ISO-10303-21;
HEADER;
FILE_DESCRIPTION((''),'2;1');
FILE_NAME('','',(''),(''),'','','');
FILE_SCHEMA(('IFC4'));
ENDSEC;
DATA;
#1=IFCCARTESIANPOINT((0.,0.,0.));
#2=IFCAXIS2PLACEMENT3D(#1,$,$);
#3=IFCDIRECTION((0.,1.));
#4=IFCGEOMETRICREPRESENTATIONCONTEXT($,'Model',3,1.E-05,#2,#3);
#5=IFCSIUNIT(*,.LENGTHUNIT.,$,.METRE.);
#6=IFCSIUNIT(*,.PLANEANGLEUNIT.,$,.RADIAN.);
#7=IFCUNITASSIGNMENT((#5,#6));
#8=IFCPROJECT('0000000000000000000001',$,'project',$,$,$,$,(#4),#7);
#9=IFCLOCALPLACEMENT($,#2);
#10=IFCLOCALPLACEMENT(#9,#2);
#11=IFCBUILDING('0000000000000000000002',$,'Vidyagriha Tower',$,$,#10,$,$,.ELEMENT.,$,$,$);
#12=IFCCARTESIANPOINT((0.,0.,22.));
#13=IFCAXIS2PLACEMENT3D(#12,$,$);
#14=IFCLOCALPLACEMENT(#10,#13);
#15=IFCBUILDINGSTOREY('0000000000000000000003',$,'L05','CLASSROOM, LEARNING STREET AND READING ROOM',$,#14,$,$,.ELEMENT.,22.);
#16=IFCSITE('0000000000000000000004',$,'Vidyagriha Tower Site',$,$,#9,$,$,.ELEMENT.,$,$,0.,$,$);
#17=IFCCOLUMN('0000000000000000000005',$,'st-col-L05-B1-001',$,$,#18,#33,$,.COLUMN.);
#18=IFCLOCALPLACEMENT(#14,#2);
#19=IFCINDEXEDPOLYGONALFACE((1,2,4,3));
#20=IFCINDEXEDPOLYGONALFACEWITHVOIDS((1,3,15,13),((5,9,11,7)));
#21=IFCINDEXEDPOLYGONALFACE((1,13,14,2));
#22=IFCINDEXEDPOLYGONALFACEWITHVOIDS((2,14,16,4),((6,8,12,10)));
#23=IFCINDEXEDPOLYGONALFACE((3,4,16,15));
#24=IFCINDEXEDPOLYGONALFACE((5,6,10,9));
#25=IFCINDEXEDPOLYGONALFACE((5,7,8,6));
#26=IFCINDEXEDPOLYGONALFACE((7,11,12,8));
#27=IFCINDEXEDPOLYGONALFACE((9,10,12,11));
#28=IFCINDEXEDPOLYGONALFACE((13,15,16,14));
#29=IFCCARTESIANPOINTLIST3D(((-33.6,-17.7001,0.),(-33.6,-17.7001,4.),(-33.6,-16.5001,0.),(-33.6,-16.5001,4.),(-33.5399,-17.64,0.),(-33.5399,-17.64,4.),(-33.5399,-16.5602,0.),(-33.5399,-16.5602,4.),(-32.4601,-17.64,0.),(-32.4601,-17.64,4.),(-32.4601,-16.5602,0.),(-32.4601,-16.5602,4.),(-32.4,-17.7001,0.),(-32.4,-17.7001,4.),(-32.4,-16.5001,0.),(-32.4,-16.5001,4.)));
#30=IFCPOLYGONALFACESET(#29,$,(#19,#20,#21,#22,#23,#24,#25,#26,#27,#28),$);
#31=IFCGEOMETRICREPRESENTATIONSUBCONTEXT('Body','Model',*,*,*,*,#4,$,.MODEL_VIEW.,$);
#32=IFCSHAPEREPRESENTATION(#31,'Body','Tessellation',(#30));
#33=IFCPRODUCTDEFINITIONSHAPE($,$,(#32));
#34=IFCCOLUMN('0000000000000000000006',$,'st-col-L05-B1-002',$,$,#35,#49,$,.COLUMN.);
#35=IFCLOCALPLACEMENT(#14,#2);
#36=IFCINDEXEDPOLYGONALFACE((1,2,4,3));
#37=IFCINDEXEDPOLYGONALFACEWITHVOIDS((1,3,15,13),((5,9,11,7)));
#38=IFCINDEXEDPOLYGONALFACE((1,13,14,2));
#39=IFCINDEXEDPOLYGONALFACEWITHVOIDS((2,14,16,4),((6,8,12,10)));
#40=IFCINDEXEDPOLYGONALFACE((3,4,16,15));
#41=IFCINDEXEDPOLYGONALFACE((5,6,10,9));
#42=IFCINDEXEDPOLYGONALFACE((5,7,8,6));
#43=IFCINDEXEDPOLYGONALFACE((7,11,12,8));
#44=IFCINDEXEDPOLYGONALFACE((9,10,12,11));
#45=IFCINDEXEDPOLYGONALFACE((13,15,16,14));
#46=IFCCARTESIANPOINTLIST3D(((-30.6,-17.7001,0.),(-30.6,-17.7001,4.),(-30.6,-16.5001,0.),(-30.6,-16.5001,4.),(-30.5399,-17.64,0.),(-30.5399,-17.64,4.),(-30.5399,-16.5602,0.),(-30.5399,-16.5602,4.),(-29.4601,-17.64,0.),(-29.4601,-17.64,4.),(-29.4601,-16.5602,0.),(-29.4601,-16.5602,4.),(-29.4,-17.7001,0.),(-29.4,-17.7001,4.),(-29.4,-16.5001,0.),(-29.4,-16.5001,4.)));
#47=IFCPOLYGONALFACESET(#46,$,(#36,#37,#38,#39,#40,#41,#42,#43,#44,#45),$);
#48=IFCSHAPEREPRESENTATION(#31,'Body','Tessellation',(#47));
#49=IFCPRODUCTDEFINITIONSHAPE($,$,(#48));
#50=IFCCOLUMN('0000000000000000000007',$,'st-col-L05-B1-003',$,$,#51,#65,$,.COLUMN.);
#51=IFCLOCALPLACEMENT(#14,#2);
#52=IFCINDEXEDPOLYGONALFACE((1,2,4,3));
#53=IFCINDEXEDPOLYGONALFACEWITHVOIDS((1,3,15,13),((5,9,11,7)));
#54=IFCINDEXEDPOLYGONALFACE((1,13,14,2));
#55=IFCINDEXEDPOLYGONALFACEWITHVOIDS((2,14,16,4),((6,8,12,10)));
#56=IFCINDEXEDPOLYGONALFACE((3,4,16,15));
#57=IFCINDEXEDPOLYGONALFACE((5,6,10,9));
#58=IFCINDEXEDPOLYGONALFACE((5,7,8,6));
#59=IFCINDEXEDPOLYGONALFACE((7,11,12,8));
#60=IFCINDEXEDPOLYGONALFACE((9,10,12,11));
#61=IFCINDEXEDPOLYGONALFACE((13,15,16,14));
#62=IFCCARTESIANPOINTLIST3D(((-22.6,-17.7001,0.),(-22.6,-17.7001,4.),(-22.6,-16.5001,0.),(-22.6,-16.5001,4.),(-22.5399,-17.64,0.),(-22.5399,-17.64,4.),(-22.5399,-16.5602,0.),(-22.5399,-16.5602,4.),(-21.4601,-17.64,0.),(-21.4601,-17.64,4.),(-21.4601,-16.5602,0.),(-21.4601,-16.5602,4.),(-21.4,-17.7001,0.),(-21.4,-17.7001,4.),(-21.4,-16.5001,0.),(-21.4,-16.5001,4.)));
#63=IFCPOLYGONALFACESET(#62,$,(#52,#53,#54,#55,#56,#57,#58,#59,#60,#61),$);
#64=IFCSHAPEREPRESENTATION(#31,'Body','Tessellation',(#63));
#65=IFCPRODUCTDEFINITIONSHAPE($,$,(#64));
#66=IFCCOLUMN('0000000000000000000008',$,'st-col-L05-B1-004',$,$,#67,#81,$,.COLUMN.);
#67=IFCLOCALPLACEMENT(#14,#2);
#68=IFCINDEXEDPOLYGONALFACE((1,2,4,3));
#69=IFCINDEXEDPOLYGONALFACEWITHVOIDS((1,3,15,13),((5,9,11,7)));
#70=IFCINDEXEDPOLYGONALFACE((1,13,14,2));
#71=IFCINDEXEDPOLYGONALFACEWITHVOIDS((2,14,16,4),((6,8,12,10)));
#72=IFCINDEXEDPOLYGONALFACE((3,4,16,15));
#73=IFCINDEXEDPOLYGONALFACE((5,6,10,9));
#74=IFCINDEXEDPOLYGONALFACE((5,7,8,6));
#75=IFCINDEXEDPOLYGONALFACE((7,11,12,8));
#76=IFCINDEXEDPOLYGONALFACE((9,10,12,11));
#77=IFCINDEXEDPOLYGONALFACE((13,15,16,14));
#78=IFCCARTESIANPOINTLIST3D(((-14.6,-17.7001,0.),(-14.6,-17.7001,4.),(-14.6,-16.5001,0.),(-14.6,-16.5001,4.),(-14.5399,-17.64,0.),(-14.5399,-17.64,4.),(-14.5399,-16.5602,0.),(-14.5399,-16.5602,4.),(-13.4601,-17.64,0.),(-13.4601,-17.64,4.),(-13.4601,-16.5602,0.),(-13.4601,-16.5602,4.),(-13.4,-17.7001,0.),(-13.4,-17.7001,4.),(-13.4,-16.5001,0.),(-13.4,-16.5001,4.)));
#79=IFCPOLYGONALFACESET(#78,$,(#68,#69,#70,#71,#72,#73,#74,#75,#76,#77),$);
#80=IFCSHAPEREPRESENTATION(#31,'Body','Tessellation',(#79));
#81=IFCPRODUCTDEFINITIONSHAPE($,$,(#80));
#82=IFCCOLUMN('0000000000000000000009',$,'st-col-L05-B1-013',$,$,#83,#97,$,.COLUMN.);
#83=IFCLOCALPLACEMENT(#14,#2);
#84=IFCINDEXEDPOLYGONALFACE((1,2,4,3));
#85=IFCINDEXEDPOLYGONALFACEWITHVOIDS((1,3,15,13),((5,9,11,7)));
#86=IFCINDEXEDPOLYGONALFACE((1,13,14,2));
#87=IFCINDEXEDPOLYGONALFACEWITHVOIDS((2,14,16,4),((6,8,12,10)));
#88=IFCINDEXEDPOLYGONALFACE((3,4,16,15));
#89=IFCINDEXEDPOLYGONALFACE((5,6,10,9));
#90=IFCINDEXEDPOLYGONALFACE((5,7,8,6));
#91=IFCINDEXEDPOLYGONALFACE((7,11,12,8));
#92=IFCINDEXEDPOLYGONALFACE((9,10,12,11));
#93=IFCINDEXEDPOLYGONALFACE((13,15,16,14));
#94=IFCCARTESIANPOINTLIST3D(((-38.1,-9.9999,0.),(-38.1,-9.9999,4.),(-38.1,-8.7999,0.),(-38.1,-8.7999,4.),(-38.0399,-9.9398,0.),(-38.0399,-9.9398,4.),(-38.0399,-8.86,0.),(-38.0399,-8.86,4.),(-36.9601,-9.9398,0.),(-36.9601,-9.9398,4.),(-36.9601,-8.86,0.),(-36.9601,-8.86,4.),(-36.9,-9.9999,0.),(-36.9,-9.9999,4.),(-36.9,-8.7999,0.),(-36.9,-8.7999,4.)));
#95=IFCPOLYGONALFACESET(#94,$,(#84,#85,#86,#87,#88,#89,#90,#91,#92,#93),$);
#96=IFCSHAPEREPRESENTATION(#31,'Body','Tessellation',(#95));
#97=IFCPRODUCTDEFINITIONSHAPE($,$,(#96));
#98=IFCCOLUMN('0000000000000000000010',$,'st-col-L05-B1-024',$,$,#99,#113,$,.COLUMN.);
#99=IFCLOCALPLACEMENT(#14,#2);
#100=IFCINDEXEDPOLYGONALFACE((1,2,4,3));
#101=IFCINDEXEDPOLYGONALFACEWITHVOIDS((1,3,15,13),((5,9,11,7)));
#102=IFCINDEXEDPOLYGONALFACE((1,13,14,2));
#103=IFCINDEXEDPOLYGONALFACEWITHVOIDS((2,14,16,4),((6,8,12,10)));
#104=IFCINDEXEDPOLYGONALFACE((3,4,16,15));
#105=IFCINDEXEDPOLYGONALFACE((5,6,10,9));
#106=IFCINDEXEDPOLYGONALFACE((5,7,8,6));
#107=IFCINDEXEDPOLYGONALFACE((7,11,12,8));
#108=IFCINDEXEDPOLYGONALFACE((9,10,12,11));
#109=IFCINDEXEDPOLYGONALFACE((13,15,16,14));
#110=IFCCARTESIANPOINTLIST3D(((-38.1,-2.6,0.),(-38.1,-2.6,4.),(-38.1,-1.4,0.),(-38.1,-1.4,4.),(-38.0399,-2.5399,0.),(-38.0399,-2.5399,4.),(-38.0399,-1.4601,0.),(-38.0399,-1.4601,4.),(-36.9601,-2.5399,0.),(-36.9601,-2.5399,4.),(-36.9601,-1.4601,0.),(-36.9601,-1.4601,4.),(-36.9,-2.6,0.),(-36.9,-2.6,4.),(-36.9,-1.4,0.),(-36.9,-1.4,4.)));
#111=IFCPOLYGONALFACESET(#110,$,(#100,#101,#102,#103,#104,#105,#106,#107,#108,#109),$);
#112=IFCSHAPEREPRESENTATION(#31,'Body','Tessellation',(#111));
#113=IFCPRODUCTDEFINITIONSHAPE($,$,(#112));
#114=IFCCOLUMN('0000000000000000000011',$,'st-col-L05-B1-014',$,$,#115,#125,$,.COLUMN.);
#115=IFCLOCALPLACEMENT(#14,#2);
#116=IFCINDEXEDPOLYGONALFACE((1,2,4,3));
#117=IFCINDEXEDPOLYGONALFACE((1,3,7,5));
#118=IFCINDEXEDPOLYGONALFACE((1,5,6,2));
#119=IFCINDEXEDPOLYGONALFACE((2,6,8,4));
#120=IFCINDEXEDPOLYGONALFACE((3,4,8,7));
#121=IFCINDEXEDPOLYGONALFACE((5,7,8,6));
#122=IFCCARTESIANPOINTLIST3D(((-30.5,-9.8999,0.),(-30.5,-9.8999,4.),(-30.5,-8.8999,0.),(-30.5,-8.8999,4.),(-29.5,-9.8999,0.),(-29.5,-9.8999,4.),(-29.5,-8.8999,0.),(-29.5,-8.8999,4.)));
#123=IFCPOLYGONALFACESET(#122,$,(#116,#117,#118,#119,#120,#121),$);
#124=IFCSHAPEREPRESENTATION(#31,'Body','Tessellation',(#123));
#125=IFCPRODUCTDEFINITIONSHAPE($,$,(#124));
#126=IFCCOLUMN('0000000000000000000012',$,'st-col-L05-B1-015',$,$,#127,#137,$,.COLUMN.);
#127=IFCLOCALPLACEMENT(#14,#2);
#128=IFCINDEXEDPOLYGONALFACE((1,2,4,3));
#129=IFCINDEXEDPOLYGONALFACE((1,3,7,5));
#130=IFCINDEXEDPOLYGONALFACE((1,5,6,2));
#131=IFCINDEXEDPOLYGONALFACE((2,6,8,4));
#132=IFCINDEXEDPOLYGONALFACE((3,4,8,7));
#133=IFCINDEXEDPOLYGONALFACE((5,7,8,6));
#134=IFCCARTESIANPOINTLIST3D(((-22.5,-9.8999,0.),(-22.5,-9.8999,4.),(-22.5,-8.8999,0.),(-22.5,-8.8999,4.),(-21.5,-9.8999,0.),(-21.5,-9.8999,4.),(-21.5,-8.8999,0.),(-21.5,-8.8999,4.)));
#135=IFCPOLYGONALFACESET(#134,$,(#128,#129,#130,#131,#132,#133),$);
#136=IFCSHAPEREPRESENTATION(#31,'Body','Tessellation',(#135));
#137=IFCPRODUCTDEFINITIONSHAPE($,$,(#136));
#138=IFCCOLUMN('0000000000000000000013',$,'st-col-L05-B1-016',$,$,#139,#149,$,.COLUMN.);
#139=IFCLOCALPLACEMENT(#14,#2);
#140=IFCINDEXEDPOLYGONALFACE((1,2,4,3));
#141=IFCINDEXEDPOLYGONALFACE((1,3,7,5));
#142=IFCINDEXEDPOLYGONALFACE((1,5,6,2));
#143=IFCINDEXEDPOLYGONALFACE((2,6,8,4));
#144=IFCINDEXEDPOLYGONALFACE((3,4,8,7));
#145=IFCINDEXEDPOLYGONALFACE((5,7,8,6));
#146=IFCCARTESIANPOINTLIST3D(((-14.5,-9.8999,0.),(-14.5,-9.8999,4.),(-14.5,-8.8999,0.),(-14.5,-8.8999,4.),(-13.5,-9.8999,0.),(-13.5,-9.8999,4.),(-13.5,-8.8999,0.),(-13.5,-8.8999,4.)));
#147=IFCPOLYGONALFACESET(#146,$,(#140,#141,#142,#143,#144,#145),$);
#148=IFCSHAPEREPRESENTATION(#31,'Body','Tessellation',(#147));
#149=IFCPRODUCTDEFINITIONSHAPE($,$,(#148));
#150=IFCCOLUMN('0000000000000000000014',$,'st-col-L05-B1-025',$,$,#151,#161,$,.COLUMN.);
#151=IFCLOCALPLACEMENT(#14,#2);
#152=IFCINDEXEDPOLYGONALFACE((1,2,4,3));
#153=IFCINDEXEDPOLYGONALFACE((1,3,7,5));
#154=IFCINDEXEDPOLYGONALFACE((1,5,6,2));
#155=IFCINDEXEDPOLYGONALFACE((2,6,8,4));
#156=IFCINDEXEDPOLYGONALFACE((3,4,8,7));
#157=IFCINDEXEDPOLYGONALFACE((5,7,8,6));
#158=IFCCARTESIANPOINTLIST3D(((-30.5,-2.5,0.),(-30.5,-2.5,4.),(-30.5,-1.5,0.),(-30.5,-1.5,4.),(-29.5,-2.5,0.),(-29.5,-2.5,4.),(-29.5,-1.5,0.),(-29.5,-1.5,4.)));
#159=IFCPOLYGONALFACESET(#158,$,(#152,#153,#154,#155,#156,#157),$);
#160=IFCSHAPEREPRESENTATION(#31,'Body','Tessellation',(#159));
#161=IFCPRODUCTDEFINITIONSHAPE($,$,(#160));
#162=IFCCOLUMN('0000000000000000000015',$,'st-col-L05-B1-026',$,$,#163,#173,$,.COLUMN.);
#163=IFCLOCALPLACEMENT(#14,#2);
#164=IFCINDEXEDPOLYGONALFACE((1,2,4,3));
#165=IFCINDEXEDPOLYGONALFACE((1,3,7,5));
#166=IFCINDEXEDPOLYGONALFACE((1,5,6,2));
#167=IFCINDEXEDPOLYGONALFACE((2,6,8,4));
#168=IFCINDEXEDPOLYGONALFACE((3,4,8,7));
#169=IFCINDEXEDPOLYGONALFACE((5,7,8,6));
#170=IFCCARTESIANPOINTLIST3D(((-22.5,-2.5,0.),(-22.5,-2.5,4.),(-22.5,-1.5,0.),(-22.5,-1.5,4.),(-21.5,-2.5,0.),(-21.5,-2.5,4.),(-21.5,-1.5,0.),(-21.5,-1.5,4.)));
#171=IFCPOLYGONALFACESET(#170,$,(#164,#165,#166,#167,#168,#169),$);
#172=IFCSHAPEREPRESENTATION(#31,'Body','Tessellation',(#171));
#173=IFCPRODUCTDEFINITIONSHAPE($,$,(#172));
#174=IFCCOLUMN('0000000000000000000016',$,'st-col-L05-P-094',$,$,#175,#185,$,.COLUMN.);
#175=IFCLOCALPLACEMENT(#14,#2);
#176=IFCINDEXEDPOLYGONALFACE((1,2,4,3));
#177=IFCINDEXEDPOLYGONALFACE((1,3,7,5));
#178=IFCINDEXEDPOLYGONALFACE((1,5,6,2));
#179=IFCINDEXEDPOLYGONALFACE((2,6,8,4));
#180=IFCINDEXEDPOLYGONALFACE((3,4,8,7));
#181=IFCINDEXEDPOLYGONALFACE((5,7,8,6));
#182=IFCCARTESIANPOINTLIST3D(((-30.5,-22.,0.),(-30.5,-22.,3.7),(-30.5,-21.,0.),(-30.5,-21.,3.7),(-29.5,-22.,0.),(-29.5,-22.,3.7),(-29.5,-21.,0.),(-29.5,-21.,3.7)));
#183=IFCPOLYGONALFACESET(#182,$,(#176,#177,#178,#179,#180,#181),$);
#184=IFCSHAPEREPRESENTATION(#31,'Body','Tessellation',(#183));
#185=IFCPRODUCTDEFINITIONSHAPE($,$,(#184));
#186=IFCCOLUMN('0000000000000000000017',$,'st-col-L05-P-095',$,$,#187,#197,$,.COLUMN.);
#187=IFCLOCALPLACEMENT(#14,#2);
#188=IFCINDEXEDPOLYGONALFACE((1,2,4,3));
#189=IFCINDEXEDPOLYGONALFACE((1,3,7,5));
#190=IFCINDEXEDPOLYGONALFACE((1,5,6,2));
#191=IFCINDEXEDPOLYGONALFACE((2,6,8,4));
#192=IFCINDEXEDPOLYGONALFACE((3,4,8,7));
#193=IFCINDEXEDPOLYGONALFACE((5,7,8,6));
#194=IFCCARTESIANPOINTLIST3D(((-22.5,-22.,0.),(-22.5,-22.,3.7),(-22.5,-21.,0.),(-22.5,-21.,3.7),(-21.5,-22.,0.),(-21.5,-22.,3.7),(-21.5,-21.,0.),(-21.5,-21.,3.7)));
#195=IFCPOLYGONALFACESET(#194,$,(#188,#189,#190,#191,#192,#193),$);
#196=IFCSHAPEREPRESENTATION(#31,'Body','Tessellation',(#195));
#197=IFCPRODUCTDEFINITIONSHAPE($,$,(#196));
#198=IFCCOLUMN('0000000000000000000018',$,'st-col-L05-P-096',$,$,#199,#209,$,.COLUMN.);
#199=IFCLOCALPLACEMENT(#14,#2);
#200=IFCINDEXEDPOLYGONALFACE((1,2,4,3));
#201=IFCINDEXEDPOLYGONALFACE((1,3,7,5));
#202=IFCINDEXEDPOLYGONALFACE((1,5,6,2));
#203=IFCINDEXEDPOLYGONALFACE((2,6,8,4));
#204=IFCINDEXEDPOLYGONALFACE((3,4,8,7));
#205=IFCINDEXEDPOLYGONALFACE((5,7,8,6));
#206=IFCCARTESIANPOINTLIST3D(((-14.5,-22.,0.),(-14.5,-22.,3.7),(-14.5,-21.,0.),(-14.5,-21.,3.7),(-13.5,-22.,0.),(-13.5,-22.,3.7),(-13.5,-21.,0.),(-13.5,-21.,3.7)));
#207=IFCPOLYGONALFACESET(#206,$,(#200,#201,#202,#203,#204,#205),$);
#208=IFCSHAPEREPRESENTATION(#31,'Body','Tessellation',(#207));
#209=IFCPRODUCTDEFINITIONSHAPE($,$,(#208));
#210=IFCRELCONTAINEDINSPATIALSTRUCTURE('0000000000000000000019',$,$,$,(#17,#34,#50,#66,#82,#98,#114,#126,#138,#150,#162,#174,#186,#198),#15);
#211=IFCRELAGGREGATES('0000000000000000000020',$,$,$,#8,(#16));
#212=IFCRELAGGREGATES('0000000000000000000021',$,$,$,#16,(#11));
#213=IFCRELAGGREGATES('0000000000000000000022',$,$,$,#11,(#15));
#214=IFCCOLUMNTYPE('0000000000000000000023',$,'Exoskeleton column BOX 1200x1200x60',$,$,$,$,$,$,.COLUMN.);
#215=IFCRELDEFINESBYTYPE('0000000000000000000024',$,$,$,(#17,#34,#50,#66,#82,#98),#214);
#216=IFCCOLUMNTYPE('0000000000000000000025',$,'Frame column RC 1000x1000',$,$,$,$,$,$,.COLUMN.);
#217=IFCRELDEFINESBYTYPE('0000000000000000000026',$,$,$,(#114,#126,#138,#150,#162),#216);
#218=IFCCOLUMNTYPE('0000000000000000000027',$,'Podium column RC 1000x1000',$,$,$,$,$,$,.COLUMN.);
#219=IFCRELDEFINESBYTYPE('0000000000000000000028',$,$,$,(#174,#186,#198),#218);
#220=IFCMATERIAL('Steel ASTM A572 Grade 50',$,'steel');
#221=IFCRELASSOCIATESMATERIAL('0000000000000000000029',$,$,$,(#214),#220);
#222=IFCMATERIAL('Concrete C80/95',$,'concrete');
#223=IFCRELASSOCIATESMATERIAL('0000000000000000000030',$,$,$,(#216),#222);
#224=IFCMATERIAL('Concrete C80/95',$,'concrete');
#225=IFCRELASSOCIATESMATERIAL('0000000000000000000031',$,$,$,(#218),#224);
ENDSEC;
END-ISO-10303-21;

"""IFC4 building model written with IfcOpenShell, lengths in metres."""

from ifc_helpers import new_model, si_unit, direction, frame, origin, origin_2d, place, context, subcontext, project, spatial, rectangle, hollow_rectangle, extrude, material, material_profile, profile_set, type_object, element, save


model = new_model("IFC4")

# Units and contexts
model_context = context("Model", 3, precision=1e-05, world=origin(), true_north=direction((0.0, 1.0)))
body_context = subcontext(model_context, "Body", "Model", "MODEL_VIEW")
ifc_project = project(units=[si_unit("LENGTHUNIT", "METRE"), si_unit("PLANEANGLEUNIT", "RADIAN")], contexts=[model_context])

# Site, building, storey
site_placement = place(None, origin())
site = spatial("IfcSite", under=ifc_project, at=site_placement, Name="Vidyagriha Tower Site", CompositionType="ELEMENT", RefElevation=0.0)
building_placement = place(site_placement, origin())
building = spatial("IfcBuilding", under=site, at=building_placement, Name="Vidyagriha Tower", CompositionType="ELEMENT")
storey_placement = place(building_placement, frame((0.0, 0.0, 22.0)))
storey = spatial("IfcBuildingStorey", under=building, at=storey_placement, Name="L05", Description="CLASSROOM, LEARNING STREET AND READING ROOM", CompositionType="ELEMENT", Elevation=22.0)

# Columns
ifc_material_1 = material(Name="Steel ASTM A572 Grade 50", Category="steel")
ifc_material_profile_1 = material_profile(ifc_material_1, hollow_rectangle(XDim=1.2, YDim=1.2, WallThickness=0.0601, at=origin_2d()), Name="BOX 1200x1200x60")
ifc_profile_set_1 = profile_set([ifc_material_profile_1], Name="Steel ASTM A572 Grade 50")
column_type_1 = type_object("IfcColumnType", Name="Exoskeleton column BOX 1200x1200x60", PredefinedType="COLUMN", material=ifc_profile_set_1)
for number, where, name in (
    (1, (-33.0, -17.1001, 0.0), "st-col-L05-B1-001"),
    (2, (-30.0, -17.1001, 0.0), "st-col-L05-B1-002"),
    (3, (-22.0, -17.1001, 0.0), "st-col-L05-B1-003"),
    (4, (-14.0, -17.1001, 0.0), "st-col-L05-B1-004"),
    (5, (-37.5, -9.3999, 0.0), "st-col-L05-B1-013"),
    (6, (-37.5, -2.0, 0.0), "st-col-L05-B1-024"),
):
    element("IfcColumn", number, at=place(storey_placement, frame(where)), inside=storey, type_object=column_type_1, Name=name, PredefinedType="COLUMN", context=body_context, shape_type="SweptSolid", body=[
        extrude(hollow_rectangle(XDim=1.2, YDim=1.2, WallThickness=0.0601, at=origin_2d()), origin(), (0.0, 0.0, 1.0), 4.0),
    ])
ifc_material_2 = material(Name="Concrete C80/95", Category="concrete")
ifc_material_profile_2 = material_profile(ifc_material_2, rectangle(XDim=1.0, YDim=1.0, at=origin_2d()), Name="RC 1000x1000")
ifc_profile_set_2 = profile_set([ifc_material_profile_2], Name="Concrete C80/95")
column_type_2 = type_object("IfcColumnType", Name="Frame column RC 1000x1000", PredefinedType="COLUMN", material=ifc_profile_set_2)
for number, where, name in (
    (7, (-30.0, -9.3999, 0.0), "st-col-L05-B1-014"),
    (8, (-22.0, -9.3999, 0.0), "st-col-L05-B1-015"),
    (9, (-14.0, -9.3999, 0.0), "st-col-L05-B1-016"),
    (10, (-30.0, -2.0, 0.0), "st-col-L05-B1-025"),
    (11, (-22.0, -2.0, 0.0), "st-col-L05-B1-026"),
):
    element("IfcColumn", number, at=place(storey_placement, frame(where)), inside=storey, type_object=column_type_2, Name=name, PredefinedType="COLUMN", context=body_context, shape_type="SweptSolid", body=[
        extrude(rectangle(XDim=1.0, YDim=1.0, at=origin_2d()), origin(), (0.0, 0.0, 1.0), 4.0),
    ])
ifc_material_3 = material(Name="Concrete C80/95", Category="concrete")
ifc_material_profile_3 = material_profile(ifc_material_3, rectangle(XDim=1.0, YDim=1.0, at=origin_2d()), Name="RC 1000x1000")
ifc_profile_set_3 = profile_set([ifc_material_profile_3], Name="Concrete C80/95")
column_type_3 = type_object("IfcColumnType", Name="Podium column RC 1000x1000", PredefinedType="COLUMN", material=ifc_profile_set_3)
for number, where, name in (
    (12, (-30.0, -21.5, 0.0), "st-col-L05-P-094"),
    (13, (-22.0, -21.5, 0.0), "st-col-L05-P-095"),
    (14, (-14.0, -21.5, 0.0), "st-col-L05-P-096"),
):
    element("IfcColumn", number, at=place(storey_placement, frame(where)), inside=storey, type_object=column_type_3, Name=name, PredefinedType="COLUMN", context=body_context, shape_type="SweptSolid", body=[
        extrude(rectangle(XDim=1.0, YDim=1.0, at=origin_2d()), origin(), (0.0, 0.0, 1.0), 3.7),
    ])

save(model, "model.ifc")
